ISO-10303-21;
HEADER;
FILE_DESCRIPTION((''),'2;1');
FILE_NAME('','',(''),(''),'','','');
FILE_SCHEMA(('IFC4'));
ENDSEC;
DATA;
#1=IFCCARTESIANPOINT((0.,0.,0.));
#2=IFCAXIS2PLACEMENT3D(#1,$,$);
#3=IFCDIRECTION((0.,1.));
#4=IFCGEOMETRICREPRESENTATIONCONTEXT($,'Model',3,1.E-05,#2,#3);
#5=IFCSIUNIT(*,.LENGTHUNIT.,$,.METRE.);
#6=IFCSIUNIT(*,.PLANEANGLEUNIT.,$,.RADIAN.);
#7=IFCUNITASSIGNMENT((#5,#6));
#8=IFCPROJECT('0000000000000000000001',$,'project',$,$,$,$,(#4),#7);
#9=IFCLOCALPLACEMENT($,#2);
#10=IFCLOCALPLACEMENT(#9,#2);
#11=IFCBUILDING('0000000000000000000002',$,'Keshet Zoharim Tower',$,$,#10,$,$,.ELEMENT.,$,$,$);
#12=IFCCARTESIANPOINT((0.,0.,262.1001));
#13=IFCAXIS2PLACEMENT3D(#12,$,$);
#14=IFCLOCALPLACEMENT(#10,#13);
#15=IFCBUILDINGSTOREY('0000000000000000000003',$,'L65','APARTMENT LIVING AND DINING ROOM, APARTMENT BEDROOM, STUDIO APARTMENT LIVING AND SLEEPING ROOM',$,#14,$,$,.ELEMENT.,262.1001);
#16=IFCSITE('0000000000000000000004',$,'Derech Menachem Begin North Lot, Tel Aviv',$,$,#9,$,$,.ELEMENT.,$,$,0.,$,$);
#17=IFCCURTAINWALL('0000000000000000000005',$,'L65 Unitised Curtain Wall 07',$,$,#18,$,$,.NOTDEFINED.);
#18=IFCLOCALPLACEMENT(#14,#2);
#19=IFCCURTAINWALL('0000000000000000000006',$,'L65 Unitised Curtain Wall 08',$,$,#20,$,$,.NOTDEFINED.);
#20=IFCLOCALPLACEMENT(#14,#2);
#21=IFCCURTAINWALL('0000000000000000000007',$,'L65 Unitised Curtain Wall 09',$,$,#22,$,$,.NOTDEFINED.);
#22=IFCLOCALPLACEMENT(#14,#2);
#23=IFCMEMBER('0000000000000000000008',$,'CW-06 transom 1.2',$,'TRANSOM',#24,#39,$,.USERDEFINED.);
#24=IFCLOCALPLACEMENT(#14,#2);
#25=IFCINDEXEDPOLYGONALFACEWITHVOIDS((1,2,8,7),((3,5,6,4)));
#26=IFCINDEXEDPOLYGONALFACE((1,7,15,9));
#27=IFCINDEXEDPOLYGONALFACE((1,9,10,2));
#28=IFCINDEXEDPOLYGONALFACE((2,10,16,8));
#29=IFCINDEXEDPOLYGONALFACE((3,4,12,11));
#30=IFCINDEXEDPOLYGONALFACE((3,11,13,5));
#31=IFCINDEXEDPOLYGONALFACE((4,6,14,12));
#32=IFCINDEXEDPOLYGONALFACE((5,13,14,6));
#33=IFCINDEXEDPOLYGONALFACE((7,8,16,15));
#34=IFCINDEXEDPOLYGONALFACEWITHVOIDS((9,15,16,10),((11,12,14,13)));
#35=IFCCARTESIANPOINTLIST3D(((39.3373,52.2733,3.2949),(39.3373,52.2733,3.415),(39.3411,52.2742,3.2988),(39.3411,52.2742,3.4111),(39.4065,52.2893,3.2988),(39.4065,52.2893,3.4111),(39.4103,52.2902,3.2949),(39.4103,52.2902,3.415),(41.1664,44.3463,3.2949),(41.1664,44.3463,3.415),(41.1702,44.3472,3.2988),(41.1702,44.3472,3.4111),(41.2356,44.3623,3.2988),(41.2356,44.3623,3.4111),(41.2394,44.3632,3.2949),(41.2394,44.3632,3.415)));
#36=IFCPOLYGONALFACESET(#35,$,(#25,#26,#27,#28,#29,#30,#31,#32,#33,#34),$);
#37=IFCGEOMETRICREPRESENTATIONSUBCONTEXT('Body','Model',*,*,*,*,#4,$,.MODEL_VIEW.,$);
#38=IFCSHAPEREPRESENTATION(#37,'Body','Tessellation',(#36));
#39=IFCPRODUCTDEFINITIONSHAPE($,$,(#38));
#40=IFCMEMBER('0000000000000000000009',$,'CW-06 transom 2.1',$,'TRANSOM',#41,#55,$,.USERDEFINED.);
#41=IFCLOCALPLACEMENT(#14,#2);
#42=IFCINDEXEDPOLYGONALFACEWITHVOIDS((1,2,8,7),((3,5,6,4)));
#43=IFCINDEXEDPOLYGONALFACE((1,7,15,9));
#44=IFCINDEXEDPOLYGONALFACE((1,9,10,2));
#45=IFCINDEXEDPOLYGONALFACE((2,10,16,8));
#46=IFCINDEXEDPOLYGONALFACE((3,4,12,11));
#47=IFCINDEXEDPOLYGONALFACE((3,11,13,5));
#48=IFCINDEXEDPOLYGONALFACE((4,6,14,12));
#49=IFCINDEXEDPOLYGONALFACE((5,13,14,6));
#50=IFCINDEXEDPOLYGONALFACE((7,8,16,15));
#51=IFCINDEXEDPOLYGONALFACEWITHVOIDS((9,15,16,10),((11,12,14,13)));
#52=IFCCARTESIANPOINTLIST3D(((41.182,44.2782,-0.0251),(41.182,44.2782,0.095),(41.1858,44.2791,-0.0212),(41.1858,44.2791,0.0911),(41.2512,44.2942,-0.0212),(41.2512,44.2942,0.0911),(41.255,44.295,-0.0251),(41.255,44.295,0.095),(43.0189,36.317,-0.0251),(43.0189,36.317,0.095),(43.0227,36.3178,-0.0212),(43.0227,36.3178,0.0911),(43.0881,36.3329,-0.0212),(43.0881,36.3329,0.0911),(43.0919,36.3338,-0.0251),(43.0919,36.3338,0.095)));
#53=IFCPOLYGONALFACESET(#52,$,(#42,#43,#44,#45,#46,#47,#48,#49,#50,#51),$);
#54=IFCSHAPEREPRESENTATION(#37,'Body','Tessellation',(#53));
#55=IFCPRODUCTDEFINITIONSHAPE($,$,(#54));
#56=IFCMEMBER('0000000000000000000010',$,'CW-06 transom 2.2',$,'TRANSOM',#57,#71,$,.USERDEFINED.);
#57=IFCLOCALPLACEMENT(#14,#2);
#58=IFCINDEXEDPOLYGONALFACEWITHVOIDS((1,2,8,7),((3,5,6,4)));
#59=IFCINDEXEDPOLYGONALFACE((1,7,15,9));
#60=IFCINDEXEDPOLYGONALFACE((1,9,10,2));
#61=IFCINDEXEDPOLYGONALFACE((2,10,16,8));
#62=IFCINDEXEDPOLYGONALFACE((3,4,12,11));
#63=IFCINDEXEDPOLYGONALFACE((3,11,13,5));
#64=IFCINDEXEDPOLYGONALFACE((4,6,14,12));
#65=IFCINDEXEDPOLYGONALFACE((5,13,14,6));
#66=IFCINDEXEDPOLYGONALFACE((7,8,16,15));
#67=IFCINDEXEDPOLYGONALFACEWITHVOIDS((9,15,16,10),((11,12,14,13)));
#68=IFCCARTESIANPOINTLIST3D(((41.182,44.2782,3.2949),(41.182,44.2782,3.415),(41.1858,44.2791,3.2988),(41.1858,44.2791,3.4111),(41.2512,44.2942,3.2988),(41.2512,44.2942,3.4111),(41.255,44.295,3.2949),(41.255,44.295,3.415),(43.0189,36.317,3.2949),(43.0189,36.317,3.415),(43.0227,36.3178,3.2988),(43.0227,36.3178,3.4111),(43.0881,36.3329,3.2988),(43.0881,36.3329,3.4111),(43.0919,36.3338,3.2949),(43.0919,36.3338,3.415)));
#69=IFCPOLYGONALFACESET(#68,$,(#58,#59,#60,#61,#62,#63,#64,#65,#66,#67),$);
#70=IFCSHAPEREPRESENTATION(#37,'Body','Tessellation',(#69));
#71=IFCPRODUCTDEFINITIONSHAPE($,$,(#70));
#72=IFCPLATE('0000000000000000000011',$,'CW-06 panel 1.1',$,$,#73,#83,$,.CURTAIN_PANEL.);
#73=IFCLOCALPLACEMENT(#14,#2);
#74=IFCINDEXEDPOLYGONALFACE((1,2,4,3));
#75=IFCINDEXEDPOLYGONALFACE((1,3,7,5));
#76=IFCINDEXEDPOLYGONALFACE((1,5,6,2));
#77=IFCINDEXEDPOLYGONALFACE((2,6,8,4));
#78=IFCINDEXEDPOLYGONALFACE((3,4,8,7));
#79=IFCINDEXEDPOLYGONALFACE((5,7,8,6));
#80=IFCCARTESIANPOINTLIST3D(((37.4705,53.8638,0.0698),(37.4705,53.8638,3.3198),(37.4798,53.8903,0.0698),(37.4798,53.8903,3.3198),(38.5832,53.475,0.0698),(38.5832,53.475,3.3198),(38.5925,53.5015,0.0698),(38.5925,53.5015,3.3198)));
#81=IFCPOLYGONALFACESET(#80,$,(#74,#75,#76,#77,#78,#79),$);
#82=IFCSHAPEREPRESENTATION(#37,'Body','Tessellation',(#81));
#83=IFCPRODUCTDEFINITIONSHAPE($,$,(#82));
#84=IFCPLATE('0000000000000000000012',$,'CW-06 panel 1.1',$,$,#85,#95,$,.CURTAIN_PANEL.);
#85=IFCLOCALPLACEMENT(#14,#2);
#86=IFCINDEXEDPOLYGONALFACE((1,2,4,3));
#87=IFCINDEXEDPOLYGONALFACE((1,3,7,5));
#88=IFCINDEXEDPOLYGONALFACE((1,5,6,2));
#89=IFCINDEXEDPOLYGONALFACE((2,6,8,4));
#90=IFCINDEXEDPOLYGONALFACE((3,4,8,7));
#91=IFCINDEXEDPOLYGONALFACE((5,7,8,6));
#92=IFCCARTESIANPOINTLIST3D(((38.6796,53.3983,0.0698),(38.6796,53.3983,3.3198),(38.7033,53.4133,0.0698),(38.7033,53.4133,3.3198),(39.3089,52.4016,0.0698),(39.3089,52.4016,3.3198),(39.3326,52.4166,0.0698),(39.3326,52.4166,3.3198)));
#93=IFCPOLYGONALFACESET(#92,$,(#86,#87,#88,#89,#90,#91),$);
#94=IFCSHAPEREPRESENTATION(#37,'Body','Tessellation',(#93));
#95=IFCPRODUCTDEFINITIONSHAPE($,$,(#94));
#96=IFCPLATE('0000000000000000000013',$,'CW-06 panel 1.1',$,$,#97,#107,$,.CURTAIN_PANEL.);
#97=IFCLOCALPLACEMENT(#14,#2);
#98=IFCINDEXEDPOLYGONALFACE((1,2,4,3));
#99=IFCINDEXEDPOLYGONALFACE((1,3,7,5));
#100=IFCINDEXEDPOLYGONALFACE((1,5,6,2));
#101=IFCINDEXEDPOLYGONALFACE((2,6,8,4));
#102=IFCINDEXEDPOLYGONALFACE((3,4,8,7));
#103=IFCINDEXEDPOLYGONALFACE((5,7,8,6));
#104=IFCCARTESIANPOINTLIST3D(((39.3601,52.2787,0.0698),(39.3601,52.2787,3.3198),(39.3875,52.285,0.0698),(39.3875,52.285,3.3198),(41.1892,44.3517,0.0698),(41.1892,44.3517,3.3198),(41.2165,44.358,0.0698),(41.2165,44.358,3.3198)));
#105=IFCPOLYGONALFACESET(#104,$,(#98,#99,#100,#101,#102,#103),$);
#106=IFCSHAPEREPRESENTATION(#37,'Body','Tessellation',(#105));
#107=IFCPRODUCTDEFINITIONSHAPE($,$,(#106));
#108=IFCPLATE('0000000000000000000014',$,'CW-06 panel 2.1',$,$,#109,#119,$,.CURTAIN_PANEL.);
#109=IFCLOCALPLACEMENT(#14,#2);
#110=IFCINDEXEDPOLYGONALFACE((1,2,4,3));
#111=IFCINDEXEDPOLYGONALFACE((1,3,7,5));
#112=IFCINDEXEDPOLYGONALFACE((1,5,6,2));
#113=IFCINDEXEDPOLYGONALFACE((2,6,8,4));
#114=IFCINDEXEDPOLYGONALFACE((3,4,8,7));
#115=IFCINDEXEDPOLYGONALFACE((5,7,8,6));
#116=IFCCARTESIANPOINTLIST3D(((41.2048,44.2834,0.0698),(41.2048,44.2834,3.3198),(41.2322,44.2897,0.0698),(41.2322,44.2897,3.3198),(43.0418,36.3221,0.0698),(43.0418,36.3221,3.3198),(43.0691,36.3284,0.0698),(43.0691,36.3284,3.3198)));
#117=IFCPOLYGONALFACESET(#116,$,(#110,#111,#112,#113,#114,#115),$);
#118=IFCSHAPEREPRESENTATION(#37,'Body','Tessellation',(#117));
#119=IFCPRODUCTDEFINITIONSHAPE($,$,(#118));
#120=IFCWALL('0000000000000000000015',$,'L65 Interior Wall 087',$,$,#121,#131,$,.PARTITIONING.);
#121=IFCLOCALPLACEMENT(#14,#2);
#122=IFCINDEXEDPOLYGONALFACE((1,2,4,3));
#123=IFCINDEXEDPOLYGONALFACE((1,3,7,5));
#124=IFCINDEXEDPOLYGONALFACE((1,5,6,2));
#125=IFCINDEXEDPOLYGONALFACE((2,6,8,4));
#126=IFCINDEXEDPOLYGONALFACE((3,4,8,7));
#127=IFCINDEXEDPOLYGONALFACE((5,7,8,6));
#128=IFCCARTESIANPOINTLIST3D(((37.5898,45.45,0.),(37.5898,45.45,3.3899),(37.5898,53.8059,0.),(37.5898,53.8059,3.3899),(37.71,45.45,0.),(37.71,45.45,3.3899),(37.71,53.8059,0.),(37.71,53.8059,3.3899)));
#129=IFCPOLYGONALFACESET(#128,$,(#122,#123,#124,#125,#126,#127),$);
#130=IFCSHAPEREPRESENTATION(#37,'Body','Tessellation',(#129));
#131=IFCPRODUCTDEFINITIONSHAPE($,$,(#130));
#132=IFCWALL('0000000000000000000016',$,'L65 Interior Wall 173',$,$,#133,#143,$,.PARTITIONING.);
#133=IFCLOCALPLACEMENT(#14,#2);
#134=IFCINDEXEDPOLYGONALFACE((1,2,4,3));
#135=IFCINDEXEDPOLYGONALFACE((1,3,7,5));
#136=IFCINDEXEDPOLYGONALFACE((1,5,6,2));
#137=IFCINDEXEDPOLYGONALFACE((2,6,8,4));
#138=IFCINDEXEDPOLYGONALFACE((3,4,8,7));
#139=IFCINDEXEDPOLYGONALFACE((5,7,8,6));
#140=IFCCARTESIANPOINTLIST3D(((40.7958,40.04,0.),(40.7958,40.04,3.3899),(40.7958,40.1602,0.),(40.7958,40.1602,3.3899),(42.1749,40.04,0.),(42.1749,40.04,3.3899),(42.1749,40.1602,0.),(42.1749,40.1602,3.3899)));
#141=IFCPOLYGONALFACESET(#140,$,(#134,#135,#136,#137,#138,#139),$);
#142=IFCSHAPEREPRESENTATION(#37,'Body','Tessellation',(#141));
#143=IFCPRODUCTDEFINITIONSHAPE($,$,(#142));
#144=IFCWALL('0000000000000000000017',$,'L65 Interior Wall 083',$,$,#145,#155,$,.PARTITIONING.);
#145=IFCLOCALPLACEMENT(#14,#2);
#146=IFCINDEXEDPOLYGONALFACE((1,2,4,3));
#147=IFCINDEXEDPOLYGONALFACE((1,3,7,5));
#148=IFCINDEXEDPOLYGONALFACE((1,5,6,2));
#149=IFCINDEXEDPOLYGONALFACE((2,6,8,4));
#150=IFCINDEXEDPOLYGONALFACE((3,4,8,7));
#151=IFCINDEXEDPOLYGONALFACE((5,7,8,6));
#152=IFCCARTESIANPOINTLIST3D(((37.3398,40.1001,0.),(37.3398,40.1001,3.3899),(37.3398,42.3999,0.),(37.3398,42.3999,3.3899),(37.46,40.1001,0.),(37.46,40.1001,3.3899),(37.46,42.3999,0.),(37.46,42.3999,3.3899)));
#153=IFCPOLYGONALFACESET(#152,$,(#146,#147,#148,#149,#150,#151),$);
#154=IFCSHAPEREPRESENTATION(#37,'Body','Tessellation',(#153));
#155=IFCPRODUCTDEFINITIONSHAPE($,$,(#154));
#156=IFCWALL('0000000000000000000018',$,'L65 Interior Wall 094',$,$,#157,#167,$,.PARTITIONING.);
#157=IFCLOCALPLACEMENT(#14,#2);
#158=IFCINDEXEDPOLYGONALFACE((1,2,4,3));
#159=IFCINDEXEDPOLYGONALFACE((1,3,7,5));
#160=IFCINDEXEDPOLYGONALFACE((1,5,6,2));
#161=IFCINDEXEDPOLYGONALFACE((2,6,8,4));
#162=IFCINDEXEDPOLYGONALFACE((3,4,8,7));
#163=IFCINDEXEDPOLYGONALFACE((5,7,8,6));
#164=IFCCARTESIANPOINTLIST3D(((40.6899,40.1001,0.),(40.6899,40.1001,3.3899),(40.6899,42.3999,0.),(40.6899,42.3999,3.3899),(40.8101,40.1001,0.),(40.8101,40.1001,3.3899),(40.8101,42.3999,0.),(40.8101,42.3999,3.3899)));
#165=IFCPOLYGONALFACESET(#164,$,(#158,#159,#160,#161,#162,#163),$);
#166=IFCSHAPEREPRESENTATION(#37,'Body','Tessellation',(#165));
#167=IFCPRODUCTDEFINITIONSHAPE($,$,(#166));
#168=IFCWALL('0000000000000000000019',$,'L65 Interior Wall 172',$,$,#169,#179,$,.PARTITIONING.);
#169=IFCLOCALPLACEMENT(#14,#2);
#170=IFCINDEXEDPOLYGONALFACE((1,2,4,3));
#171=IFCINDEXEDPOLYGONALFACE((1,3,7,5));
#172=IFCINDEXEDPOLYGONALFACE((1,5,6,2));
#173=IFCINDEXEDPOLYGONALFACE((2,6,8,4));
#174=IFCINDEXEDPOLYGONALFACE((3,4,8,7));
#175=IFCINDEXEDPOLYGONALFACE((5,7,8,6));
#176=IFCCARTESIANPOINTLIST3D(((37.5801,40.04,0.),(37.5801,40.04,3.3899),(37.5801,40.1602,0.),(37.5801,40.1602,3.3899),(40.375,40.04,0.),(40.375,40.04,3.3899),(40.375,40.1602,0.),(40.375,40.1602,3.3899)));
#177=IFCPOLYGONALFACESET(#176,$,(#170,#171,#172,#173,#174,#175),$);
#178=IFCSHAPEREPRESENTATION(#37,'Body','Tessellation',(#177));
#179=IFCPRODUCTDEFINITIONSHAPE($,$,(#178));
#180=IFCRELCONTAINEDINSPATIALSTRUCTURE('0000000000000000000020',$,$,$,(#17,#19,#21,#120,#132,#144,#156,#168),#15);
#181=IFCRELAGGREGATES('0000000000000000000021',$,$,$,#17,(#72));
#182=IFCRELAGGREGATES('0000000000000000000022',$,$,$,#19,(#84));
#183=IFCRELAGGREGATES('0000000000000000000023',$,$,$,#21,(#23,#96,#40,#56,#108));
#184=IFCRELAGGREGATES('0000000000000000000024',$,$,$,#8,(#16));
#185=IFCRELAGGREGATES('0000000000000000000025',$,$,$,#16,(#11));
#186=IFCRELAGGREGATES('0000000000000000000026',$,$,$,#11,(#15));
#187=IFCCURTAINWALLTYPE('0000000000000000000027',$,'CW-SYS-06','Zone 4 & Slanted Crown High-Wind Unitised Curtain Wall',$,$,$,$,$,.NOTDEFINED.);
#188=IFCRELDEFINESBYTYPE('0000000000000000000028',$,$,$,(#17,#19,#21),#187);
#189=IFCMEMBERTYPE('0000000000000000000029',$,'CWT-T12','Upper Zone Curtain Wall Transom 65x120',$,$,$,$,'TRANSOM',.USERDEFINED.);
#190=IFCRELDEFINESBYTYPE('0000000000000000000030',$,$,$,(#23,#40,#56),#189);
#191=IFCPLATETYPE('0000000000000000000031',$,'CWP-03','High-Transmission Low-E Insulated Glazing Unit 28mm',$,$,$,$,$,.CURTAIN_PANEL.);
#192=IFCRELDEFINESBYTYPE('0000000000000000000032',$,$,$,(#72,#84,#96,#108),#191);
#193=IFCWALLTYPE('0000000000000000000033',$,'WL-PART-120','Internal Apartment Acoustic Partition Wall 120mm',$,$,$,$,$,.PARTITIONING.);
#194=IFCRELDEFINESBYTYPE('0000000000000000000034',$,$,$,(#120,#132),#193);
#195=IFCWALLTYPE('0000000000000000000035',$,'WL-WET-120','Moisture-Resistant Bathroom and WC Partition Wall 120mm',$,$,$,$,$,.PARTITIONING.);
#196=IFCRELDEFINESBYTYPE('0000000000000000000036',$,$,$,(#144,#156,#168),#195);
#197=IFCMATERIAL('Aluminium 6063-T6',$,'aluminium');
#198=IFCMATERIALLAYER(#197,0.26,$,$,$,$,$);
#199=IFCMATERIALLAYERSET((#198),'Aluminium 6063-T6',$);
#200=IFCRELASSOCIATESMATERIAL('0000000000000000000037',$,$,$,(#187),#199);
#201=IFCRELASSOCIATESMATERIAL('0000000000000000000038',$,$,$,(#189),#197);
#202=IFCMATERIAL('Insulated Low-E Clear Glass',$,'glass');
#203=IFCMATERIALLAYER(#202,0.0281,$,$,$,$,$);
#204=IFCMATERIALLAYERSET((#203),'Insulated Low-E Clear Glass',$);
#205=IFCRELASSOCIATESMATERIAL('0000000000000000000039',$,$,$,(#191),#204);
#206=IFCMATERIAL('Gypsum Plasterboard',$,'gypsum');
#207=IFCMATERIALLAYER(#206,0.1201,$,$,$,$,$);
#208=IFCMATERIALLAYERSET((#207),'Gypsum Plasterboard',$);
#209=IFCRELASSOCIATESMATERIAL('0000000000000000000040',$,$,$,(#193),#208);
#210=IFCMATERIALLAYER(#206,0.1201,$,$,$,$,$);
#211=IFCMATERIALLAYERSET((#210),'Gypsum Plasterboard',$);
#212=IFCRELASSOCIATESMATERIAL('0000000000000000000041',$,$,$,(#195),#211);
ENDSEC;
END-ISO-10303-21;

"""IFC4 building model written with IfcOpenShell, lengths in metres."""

from ifc_helpers import new_model, si_unit, direction, frame, frame_2d, origin, origin_2d, place, context, subcontext, project, spatial, rectangle, hollow_rectangle, extrude, material, layer, layer_set, material_profile, profile_set, type_object, element, aggregate, save


model = new_model("IFC4")

# Units and contexts
model_context = context("Model", 3, precision=1e-05, world=origin(), true_north=direction((0.0, 1.0)))
body_context = subcontext(model_context, "Body", "Model", "MODEL_VIEW")
ifc_project = project(units=[si_unit("LENGTHUNIT", "METRE"), si_unit("PLANEANGLEUNIT", "RADIAN")], contexts=[model_context])

# Site, building, storey
site_placement = place(None, origin())
site = spatial("IfcSite", under=ifc_project, at=site_placement, Name="Derech Menachem Begin North Lot, Tel Aviv", CompositionType="ELEMENT", RefElevation=0.0)
building_placement = place(site_placement, origin())
building = spatial("IfcBuilding", under=site, at=building_placement, Name="Keshet Zoharim Tower", CompositionType="ELEMENT")
storey_placement = place(building_placement, frame((0.0, 0.0, 262.1001)))
storey = spatial("IfcBuildingStorey", under=building, at=storey_placement, Name="L65", Description="APARTMENT LIVING AND DINING ROOM, APARTMENT BEDROOM, STUDIO APARTMENT LIVING AND SLEEPING ROOM", CompositionType="ELEMENT", Elevation=262.1001)

# Curtain walls
ifc_material_1 = material(Name="Aluminium 6063-T6", Category="aluminium")
ifc_layer_1 = layer(ifc_material_1, 0.26)
ifc_layer_set_1 = layer_set([ifc_layer_1], Name="Aluminium 6063-T6")
curtain_wall_type = type_object("IfcCurtainWallType", Name="CW-SYS-06", Description="Zone 4 & Slanted Crown High-Wind Unitised Curtain Wall", PredefinedType="NOTDEFINED", material=ifc_layer_set_1)
curtain_wall_1_placement = place(storey_placement, origin())
curtain_wall_1 = element("IfcCurtainWall", 1, at=curtain_wall_1_placement, inside=storey, type_object=curtain_wall_type, Name="L65 Unitised Curtain Wall 07", PredefinedType="NOTDEFINED")
curtain_wall_2_placement = place(storey_placement, origin())
curtain_wall_2 = element("IfcCurtainWall", 2, at=curtain_wall_2_placement, inside=storey, type_object=curtain_wall_type, Name="L65 Unitised Curtain Wall 08", PredefinedType="NOTDEFINED")
curtain_wall_3_placement = place(storey_placement, origin())
curtain_wall_3 = element("IfcCurtainWall", 3, at=curtain_wall_3_placement, inside=storey, type_object=curtain_wall_type, Name="L65 Unitised Curtain Wall 09", PredefinedType="NOTDEFINED")

# Members
ifc_material_profile_1 = material_profile(ifc_material_1, hollow_rectangle(XDim=0.075, YDim=0.1201, WallThickness=0.0039, at=origin_2d()), Name="TRN-75x120")
ifc_profile_set_1 = profile_set([ifc_material_profile_1], Name="Aluminium 6063-T6")
member_type_1 = type_object("IfcMemberType", Name="CWT-T12", Description="Upper Zone Curtain Wall Transom 65x120", ElementType="TRANSOM", PredefinedType="USERDEFINED", material=ifc_profile_set_1)
member_1_placement = place(storey_placement, frame((39.3738, 52.2817, 3.355), z_axis=(0.224835, -0.974397, 0.0), x_axis=(0.974397, 0.224835, 0.0)))
member_1 = element("IfcMember", 4, at=member_1_placement, type_object=member_type_1, Name="CW-06 transom 1.2", ObjectType="TRANSOM", PredefinedType="USERDEFINED", context=body_context, shape_type="SweptSolid", body=[
    extrude(hollow_rectangle(XDim=0.075, YDim=0.1201, WallThickness=0.0039, at=origin_2d()), origin(), (0.0, 0.0, 1.0), 8.1353),
])
member_2_placement = place(storey_placement, frame((41.2185, 44.2866, 0.0349), z_axis=(0.224827, -0.974399, 0.0), x_axis=(0.974399, 0.224827, 0.0)))
member_2 = element("IfcMember", 5, at=member_2_placement, type_object=member_type_1, Name="CW-06 transom 2.1", ObjectType="TRANSOM", PredefinedType="USERDEFINED", context=body_context, shape_type="SweptSolid", body=[
    extrude(hollow_rectangle(XDim=0.075, YDim=0.1201, WallThickness=0.0039, at=origin_2d()), origin(), (0.0, 0.0, 1.0), 8.1704),
])
member_3_placement = place(storey_placement, frame((41.2185, 44.2866, 3.355), z_axis=(0.224827, -0.974399, 0.0), x_axis=(0.974399, 0.224827, 0.0)))
member_3 = element("IfcMember", 6, at=member_3_placement, type_object=member_type_1, Name="CW-06 transom 2.2", ObjectType="TRANSOM", PredefinedType="USERDEFINED", context=body_context, shape_type="SweptSolid", body=[
    extrude(hollow_rectangle(XDim=0.075, YDim=0.1201, WallThickness=0.0039, at=origin_2d()), origin(), (0.0, 0.0, 1.0), 8.1704),
])

# Plates
ifc_material_2 = material(Name="Insulated Low-E Clear Glass", Category="glass")
ifc_layer_2 = layer(ifc_material_2, 0.0281)
ifc_layer_set_2 = layer_set([ifc_layer_2], Name="Insulated Low-E Clear Glass")
plate_type = type_object("IfcPlateType", Name="CWP-03", Description="High-Transmission Low-E Insulated Glazing Unit 28mm", PredefinedType="CURTAIN_PANEL", material=ifc_layer_set_2)
plate_1_placement = place(storey_placement, frame((38.0315, 53.6826, 0.0698), z_axis=(0.0, 0.0, 1.0), x_axis=(0.944036, -0.329844, 0.0)))
plate_1 = element("IfcPlate", 7, at=plate_1_placement, type_object=plate_type, Name="CW-06 panel 1.1", PredefinedType="CURTAIN_PANEL", context=body_context, shape_type="SweptSolid", body=[
    extrude(rectangle(XDim=1.1787, YDim=0.0281, at=origin_2d()), origin(), (0.0, 0.0, 1.0), 3.25),
])
aggregate(curtain_wall_1, [plate_1])
plate_2_placement = place(storey_placement, frame((39.0061, 52.9075, 0.0698), z_axis=(0.0, 0.0, 1.0), x_axis=(0.533879, -0.845561, 0.0)))
plate_2 = element("IfcPlate", 8, at=plate_2_placement, type_object=plate_type, Name="CW-06 panel 1.1", PredefinedType="CURTAIN_PANEL", context=body_context, shape_type="SweptSolid", body=[
    extrude(rectangle(XDim=1.1787, YDim=0.0281, at=origin_2d()), origin(), (0.0, 0.0, 1.0), 3.25),
])
aggregate(curtain_wall_2, [plate_2])
plate_3_placement = place(storey_placement, frame((40.2883, 48.3184, 0.0698), z_axis=(0.0, 0.0, 1.0), x_axis=(0.22483, -0.974398, 0.0)))
plate_3 = element("IfcPlate", 9, at=plate_3_placement, type_object=plate_type, Name="CW-06 panel 1.1", PredefinedType="CURTAIN_PANEL", context=body_context, shape_type="SweptSolid", body=[
    extrude(rectangle(XDim=8.1353, YDim=0.0281, at=origin_2d()), origin(), (0.0, 0.0, 1.0), 3.25),
])
plate_4_placement = place(storey_placement, frame((42.137, 40.3059, 0.0698), z_axis=(0.0, 0.0, 1.0), x_axis=(0.22483, -0.974398, 0.0)))
plate_4 = element("IfcPlate", 10, at=plate_4_placement, type_object=plate_type, Name="CW-06 panel 2.1", PredefinedType="CURTAIN_PANEL", context=body_context, shape_type="SweptSolid", body=[
    extrude(rectangle(XDim=8.1704, YDim=0.0281, at=origin_2d()), origin(), (0.0, 0.0, 1.0), 3.25),
])
aggregate(curtain_wall_3, [member_1, plate_3, member_2, member_3, plate_4])

# Walls
ifc_material_3 = material(Name="Gypsum Plasterboard", Category="gypsum")
ifc_layer_3 = layer(ifc_material_3, 0.1201)
ifc_layer_set_3 = layer_set([ifc_layer_3], Name="Gypsum Plasterboard")
wall_type_1 = type_object("IfcWallType", Name="WL-PART-120", Description="Internal Apartment Acoustic Partition Wall 120mm", PredefinedType="PARTITIONING", material=ifc_layer_set_3)
wall_1_placement = place(storey_placement, frame((37.6499, 45.45, 0.0), z_axis=(0.0, 0.0, 1.0), x_axis=(0.0, 1.0, 0.0)))
element("IfcWall", 11, at=wall_1_placement, inside=storey, type_object=wall_type_1, Name="L65 Interior Wall 087", PredefinedType="PARTITIONING", context=body_context, shape_type="SweptSolid", body=[
    extrude(rectangle(XDim=8.356, YDim=0.1201, at=frame_2d((4.178, 0.0))), origin(), (0.0, 0.0, 1.0), 3.3899),
])
wall_2_placement = place(storey_placement, frame((40.7959, 40.1001, 0.0), z_axis=(0.0, 0.0, 1.0), x_axis=(1.0, 0.0, 0.0)))
element("IfcWall", 12, at=wall_2_placement, inside=storey, type_object=wall_type_1, Name="L65 Interior Wall 173", PredefinedType="PARTITIONING", context=body_context, shape_type="SweptSolid", body=[
    extrude(rectangle(XDim=1.3792, YDim=0.1201, at=frame_2d((0.6895, 0.0))), origin(), (0.0, 0.0, 1.0), 3.3899),
])
ifc_layer_4 = layer(ifc_material_3, 0.1201)
ifc_layer_set_4 = layer_set([ifc_layer_4], Name="Gypsum Plasterboard")
wall_type_2 = type_object("IfcWallType", Name="WL-WET-120", Description="Moisture-Resistant Bathroom and WC Partition Wall 120mm", PredefinedType="PARTITIONING", material=ifc_layer_set_4)
for number, where, z_axis, x_axis, name in (
    (13, (37.3999, 40.1001, 0.0), (0.0, 0.0, 1.0), (0.0, 1.0, 0.0), "L65 Interior Wall 083"),
    (14, (40.75, 40.1001, 0.0), (0.0, 0.0, 1.0), (0.0, 1.0, 0.0), "L65 Interior Wall 094"),
):
    element("IfcWall", number, at=place(storey_placement, frame(where, z_axis=z_axis, x_axis=x_axis)), inside=storey, type_object=wall_type_2, Name=name, PredefinedType="PARTITIONING", context=body_context, shape_type="SweptSolid", body=[
        extrude(rectangle(XDim=2.2998, YDim=0.1201, at=frame_2d((1.1499, 0.0))), origin(), (0.0, 0.0, 1.0), 3.3899),
    ])
wall_3_placement = place(storey_placement, frame((37.5801, 40.1001, 0.0), z_axis=(0.0, 0.0, 1.0), x_axis=(1.0, 0.0, 0.0)))
element("IfcWall", 15, at=wall_3_placement, inside=storey, type_object=wall_type_2, Name="L65 Interior Wall 172", PredefinedType="PARTITIONING", context=body_context, shape_type="SweptSolid", body=[
    extrude(rectangle(XDim=2.7949, YDim=0.1201, at=frame_2d((1.3975, 0.0))), origin(), (0.0, 0.0, 1.0), 3.3899),
])

save(model, "model.ifc")
